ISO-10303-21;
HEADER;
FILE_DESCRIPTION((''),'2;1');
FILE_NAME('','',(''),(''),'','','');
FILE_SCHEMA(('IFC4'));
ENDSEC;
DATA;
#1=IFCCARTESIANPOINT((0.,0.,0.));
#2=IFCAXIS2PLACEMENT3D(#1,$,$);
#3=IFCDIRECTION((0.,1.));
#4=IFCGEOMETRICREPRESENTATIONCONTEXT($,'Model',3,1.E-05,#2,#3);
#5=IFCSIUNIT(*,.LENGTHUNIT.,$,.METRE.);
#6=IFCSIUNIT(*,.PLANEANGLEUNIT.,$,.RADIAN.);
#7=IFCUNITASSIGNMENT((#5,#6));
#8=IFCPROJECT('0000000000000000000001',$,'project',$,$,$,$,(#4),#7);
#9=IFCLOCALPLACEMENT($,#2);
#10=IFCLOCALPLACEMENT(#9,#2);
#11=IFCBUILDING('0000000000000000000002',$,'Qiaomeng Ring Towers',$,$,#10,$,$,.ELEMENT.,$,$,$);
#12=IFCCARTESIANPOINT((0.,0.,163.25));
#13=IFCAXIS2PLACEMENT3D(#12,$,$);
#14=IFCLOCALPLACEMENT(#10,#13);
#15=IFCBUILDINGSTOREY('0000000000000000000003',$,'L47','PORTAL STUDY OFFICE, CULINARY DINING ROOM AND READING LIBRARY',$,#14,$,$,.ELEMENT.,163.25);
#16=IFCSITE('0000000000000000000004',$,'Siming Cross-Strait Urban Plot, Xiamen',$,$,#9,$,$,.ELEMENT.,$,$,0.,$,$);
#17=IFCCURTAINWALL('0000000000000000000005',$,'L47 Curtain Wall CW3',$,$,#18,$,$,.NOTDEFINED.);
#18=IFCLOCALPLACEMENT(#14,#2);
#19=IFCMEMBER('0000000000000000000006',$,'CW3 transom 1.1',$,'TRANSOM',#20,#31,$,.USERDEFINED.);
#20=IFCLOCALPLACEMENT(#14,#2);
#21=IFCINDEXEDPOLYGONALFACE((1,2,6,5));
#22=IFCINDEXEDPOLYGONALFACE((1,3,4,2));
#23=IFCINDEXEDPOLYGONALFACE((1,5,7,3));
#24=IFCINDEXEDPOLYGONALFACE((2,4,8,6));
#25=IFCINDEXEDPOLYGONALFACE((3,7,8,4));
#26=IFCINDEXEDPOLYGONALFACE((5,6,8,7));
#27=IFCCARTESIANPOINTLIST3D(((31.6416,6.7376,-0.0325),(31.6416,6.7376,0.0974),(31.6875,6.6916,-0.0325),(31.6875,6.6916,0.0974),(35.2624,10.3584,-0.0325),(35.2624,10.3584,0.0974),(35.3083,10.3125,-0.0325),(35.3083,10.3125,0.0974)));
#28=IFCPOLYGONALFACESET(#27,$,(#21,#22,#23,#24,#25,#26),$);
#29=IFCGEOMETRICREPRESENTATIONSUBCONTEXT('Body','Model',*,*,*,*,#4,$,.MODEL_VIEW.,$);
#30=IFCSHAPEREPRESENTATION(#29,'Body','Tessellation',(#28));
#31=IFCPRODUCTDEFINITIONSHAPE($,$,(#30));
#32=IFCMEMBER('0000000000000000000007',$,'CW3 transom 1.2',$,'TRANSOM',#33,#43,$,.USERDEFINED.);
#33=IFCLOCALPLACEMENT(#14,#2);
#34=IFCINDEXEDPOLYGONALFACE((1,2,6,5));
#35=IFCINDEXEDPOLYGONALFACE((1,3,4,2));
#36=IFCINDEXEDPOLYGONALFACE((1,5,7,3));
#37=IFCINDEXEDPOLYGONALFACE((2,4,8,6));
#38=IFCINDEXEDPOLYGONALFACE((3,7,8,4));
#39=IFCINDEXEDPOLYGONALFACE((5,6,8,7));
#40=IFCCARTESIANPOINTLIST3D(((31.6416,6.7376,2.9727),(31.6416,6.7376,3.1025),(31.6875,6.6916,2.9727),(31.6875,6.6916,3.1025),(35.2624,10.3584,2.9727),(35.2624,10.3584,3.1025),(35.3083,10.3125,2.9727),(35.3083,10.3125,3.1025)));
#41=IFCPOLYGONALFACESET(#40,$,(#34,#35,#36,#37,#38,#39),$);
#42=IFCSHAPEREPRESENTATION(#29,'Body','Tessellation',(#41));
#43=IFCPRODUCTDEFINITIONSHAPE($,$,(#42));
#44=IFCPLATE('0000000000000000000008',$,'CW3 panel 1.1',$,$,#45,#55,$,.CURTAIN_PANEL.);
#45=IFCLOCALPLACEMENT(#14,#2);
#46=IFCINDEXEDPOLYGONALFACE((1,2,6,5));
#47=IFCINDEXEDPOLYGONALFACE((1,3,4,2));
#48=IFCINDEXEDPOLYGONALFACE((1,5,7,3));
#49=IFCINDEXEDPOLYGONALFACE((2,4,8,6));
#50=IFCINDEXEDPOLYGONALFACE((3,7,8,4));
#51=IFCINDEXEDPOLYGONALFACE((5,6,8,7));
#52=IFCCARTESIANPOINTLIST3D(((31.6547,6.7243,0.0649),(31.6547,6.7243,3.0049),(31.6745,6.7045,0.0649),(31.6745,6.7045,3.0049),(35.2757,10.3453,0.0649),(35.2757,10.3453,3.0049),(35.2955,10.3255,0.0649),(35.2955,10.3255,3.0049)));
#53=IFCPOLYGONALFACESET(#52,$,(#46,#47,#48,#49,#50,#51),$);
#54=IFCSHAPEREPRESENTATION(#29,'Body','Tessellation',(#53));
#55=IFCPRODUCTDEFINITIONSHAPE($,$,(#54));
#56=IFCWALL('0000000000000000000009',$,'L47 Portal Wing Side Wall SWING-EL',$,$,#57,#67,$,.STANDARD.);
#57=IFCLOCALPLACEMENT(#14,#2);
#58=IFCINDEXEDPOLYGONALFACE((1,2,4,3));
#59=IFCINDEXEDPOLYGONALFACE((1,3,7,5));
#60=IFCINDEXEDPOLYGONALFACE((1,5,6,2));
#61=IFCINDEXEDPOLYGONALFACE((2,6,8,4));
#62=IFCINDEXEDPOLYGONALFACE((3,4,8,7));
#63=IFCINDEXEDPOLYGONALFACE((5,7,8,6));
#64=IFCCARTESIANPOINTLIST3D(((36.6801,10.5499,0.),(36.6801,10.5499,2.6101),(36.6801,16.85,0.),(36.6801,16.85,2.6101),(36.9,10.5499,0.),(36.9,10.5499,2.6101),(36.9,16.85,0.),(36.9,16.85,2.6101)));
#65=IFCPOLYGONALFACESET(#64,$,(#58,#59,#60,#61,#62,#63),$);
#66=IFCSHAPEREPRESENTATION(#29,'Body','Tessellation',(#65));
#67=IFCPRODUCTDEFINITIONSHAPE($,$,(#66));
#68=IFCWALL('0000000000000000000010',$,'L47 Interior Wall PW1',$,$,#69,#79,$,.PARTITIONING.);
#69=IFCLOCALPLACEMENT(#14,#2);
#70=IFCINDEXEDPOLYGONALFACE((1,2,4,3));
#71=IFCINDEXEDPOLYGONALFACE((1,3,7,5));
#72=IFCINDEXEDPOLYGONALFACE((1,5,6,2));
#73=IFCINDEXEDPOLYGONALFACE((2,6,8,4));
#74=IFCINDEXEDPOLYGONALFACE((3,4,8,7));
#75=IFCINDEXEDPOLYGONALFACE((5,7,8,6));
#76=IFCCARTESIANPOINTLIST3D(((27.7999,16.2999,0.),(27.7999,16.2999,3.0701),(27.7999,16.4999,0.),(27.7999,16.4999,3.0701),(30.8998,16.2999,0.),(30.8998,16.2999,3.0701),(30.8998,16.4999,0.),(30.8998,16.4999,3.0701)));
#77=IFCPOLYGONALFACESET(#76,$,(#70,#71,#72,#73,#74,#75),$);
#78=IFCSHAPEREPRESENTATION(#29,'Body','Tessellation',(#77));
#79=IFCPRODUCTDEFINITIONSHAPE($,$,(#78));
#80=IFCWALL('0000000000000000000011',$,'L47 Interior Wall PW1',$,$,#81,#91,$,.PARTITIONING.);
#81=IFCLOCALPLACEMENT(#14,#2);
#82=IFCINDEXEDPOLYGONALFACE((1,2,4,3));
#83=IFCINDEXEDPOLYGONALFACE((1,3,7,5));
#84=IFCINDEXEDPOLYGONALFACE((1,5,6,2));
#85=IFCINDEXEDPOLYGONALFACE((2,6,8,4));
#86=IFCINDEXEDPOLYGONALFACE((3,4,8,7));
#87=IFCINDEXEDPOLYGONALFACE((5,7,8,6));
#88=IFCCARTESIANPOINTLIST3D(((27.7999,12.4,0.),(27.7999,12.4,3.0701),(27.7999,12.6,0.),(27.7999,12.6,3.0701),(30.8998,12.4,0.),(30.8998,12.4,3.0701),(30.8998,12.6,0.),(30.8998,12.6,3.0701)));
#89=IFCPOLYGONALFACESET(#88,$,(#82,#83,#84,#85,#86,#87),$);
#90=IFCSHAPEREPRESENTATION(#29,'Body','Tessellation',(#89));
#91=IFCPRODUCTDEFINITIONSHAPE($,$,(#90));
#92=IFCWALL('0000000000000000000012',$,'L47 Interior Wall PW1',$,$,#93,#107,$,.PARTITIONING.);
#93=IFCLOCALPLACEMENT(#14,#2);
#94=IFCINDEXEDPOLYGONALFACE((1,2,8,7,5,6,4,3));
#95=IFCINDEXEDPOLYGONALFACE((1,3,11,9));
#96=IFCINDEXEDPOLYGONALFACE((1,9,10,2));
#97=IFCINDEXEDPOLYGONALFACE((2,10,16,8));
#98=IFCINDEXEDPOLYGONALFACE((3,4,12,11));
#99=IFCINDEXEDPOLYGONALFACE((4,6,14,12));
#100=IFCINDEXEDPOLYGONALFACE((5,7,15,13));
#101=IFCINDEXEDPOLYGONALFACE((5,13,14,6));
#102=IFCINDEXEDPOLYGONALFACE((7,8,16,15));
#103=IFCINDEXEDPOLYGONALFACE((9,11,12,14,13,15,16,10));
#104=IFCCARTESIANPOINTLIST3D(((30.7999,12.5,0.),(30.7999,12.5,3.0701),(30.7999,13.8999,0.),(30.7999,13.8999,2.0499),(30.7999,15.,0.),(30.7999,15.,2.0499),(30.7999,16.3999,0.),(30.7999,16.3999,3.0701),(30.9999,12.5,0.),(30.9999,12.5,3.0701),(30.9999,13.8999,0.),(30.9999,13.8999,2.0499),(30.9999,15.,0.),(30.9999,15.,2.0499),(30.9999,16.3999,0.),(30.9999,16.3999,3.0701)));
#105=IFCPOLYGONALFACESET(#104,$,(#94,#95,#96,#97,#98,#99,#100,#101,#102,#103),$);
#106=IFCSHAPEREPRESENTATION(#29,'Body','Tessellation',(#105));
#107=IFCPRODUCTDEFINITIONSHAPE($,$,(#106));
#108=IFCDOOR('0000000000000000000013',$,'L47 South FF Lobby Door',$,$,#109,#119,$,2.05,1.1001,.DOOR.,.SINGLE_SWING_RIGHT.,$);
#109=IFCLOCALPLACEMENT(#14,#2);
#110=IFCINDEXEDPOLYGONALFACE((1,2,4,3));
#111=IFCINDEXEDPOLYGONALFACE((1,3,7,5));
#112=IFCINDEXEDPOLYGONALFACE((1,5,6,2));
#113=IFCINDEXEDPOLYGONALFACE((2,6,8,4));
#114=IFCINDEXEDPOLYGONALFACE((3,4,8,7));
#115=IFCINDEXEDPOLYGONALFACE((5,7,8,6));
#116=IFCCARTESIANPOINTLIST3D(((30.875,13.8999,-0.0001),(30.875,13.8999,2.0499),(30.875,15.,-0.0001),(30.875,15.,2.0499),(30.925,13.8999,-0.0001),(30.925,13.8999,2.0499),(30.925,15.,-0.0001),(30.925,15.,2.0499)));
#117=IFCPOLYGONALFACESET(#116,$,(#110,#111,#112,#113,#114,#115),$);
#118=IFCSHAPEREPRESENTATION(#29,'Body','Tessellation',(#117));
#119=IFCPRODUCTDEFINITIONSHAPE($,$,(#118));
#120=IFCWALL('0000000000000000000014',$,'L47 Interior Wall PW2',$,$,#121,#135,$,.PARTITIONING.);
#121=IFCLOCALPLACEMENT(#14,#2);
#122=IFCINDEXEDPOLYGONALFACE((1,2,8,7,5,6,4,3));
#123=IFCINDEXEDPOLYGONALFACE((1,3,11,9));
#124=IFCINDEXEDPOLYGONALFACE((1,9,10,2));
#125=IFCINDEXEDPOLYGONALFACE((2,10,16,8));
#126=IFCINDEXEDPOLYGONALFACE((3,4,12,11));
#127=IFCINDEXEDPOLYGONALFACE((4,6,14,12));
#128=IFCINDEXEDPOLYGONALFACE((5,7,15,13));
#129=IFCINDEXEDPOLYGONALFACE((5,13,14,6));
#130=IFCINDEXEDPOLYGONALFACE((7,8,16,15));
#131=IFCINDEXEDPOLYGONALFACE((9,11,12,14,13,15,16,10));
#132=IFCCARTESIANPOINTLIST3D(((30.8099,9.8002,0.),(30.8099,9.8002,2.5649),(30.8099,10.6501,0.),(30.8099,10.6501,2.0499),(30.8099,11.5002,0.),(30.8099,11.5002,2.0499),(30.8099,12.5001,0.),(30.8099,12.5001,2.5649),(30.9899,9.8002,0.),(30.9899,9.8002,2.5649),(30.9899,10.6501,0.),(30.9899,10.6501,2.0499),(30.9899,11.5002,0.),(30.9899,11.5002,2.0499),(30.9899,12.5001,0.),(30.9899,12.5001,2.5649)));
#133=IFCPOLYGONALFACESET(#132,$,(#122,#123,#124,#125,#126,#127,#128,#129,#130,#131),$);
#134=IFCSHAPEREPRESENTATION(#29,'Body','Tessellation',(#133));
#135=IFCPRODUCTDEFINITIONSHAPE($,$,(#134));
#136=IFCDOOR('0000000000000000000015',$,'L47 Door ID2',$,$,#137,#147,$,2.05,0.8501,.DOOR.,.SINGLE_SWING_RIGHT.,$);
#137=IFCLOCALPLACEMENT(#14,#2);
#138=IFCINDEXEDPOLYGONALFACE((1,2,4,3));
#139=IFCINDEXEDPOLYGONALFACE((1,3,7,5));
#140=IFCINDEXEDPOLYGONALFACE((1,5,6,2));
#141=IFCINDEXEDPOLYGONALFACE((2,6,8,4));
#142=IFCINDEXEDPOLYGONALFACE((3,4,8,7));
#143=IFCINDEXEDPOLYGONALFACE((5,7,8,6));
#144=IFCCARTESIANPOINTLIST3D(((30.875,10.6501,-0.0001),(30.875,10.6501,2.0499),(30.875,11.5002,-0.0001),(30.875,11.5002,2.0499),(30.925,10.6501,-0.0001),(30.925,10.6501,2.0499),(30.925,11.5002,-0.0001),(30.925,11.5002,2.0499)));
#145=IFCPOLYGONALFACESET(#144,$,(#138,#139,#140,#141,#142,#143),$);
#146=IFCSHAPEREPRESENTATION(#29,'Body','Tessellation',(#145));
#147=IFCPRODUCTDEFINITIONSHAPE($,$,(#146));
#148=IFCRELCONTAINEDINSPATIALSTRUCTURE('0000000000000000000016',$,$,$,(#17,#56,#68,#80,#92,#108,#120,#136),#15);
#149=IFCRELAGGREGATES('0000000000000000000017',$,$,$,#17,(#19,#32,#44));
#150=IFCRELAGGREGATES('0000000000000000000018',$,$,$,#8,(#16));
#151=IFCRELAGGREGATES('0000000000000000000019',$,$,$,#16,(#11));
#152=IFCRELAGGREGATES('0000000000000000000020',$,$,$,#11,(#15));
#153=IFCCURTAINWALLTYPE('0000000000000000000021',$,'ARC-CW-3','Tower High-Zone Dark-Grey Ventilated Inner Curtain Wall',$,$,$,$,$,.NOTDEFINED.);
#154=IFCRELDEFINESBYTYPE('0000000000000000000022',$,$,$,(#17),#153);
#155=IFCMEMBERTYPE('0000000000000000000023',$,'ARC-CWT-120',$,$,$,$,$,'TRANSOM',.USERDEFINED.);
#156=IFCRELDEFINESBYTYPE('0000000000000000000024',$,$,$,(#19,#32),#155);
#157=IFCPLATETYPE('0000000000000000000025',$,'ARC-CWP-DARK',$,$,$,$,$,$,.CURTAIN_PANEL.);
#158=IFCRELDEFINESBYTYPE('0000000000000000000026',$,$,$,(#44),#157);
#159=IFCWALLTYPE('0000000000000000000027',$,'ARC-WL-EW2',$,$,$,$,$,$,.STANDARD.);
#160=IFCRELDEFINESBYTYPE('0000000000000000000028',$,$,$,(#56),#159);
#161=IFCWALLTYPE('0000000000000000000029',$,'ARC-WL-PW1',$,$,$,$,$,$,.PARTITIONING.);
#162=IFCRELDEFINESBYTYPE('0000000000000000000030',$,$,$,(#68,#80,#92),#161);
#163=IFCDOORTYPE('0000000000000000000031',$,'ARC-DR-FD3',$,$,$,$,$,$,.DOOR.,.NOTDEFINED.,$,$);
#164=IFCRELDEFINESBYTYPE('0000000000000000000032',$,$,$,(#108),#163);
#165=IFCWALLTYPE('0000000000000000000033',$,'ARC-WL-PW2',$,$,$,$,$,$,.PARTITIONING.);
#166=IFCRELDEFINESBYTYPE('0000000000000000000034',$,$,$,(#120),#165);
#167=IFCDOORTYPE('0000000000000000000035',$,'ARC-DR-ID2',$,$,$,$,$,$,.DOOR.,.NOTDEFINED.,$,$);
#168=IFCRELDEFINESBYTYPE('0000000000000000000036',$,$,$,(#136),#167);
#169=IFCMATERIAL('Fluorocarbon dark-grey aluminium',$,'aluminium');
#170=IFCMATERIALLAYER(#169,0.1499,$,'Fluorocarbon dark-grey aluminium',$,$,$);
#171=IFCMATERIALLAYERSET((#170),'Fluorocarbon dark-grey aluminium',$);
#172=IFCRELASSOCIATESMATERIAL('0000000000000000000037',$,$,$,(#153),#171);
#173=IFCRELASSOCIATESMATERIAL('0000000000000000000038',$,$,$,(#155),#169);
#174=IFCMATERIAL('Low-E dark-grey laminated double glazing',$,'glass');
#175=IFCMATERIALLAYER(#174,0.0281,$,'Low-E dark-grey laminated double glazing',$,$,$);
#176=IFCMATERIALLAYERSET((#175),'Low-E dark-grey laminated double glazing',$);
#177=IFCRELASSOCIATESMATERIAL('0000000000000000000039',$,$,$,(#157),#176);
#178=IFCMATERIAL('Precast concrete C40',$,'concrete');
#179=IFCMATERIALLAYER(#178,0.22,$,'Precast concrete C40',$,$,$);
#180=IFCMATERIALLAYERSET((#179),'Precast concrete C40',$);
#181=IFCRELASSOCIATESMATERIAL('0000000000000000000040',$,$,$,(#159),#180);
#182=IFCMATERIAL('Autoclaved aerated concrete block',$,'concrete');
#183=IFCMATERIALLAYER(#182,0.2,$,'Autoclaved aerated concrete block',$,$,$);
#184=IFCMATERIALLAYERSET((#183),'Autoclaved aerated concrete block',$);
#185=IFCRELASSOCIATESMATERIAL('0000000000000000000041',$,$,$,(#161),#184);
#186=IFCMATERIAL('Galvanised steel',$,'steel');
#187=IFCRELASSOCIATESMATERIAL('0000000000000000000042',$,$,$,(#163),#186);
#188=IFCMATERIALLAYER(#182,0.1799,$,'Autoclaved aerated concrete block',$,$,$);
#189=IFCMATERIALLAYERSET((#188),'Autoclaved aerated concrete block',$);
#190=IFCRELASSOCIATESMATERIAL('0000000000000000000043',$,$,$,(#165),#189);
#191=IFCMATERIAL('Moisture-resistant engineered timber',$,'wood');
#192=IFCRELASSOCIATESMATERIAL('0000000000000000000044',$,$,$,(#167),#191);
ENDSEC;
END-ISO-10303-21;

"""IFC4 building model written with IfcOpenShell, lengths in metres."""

from ifc_helpers import new_model, si_unit, direction, frame, frame_2d, origin, origin_2d, place, context, subcontext, project, spatial, rectangle, extrude, source, transform, mapped, material, layer, layer_set, material_profile, profile_set, type_object, element, fill, aggregate, save


model = new_model("IFC4")

# Units and contexts
model_context = context("Model", 3, precision=1e-05, world=origin(), true_north=direction((0.0, 1.0)))
body_context = subcontext(model_context, "Body", "Model", "MODEL_VIEW")
ifc_project = project(units=[si_unit("LENGTHUNIT", "METRE"), si_unit("PLANEANGLEUNIT", "RADIAN")], contexts=[model_context])

# Site, building, storey
site_placement = place(None, origin())
site = spatial("IfcSite", under=ifc_project, at=site_placement, Name="Siming Cross-Strait Urban Plot, Xiamen", CompositionType="ELEMENT", RefElevation=0.0)
building_placement = place(site_placement, origin())
building = spatial("IfcBuilding", under=site, at=building_placement, Name="Qiaomeng Ring Towers", CompositionType="ELEMENT")
storey_placement = place(building_placement, frame((0.0, 0.0, 163.25)))
storey = spatial("IfcBuildingStorey", under=building, at=storey_placement, Name="L47", Description="PORTAL STUDY OFFICE, CULINARY DINING ROOM AND READING LIBRARY", CompositionType="ELEMENT", Elevation=163.25)

# Curtain wall, members, plate
ifc_material_1 = material(Name="Fluorocarbon dark-grey aluminium", Category="aluminium")
ifc_layer_1 = layer(ifc_material_1, 0.1499, Name="Fluorocarbon dark-grey aluminium")
ifc_layer_set_1 = layer_set([ifc_layer_1], Name="Fluorocarbon dark-grey aluminium")
curtain_wall_type = type_object("IfcCurtainWallType", Name="ARC-CW-3", Description="Tower High-Zone Dark-Grey Ventilated Inner Curtain Wall", PredefinedType="NOTDEFINED", material=ifc_layer_set_1)
curtain_wall_placement = place(storey_placement, origin())
curtain_wall = element("IfcCurtainWall", 1, at=curtain_wall_placement, inside=storey, type_object=curtain_wall_type, Name="L47 Curtain Wall CW3", PredefinedType="NOTDEFINED")
ifc_material_profile_1 = material_profile(ifc_material_1, rectangle(XDim=0.0649, YDim=0.1299, at=origin_2d()), Name="ALU TRAN 65x130")
ifc_profile_set_1 = profile_set([ifc_material_profile_1], Name="Fluorocarbon dark-grey aluminium")
member_type_1 = type_object("IfcMemberType", Name="ARC-CWT-120", ElementType="TRANSOM", PredefinedType="USERDEFINED", material=ifc_profile_set_1)
shared_shape_1 = source(origin(), body_context, "Body", "SweptSolid", [
    extrude(rectangle(XDim=0.0649, YDim=0.1299, at=origin_2d()), origin(), (0.0, 0.0, 1.0), 5.1206),
])
member_1_placement = place(storey_placement, frame((31.6646, 6.7146, 0.0325), z_axis=(0.707107, 0.707107, 0.0), x_axis=(-0.707107, 0.707107, 0.0)))
member_1 = element("IfcMember", 2, at=member_1_placement, type_object=member_type_1, Name="CW3 transom 1.1", ObjectType="TRANSOM", PredefinedType="USERDEFINED", context=body_context, shape_type="MappedRepresentation", body=[
    mapped(shared_shape_1, transform((0.0, 0.0, 0.0), x_axis=(1.0, 0.0, 0.0), y_axis=(0.0, 1.0, 0.0), z_axis=(0.0, 0.0, 1.0), scale=1.0)),
])
member_2_placement = place(storey_placement, frame((31.6646, 6.7146, 3.0376), z_axis=(0.707107, 0.707107, 0.0), x_axis=(-0.707107, 0.707107, 0.0)))
member_2 = element("IfcMember", 3, at=member_2_placement, type_object=member_type_1, Name="CW3 transom 1.2", ObjectType="TRANSOM", PredefinedType="USERDEFINED", context=body_context, shape_type="MappedRepresentation", body=[
    mapped(shared_shape_1, transform((0.0, 0.0, 0.0), x_axis=(1.0, 0.0, 0.0), y_axis=(0.0, 1.0, 0.0), z_axis=(0.0, 0.0, 1.0), scale=1.0)),
])
ifc_material_2 = material(Name="Low-E dark-grey laminated double glazing", Category="glass")
ifc_layer_2 = layer(ifc_material_2, 0.0281, Name="Low-E dark-grey laminated double glazing")
ifc_layer_set_2 = layer_set([ifc_layer_2], Name="Low-E dark-grey laminated double glazing")
plate_type = type_object("IfcPlateType", Name="ARC-CWP-DARK", PredefinedType="CURTAIN_PANEL", material=ifc_layer_set_2)
shared_shape_2 = source(origin(), body_context, "Body", "SweptSolid", [
    extrude(rectangle(XDim=5.1208, YDim=0.0281, at=origin_2d()), origin(), (0.0, 0.0, 1.0), 2.9399),
])
plate_placement = place(storey_placement, frame((33.4751, 8.5249, 0.0649), z_axis=(0.0, 0.0, 1.0), x_axis=(0.707107, 0.707107, 0.0)))
plate = element("IfcPlate", 4, at=plate_placement, type_object=plate_type, Name="CW3 panel 1.1", PredefinedType="CURTAIN_PANEL", context=body_context, shape_type="MappedRepresentation", body=[
    mapped(shared_shape_2, transform((0.0, 0.0, 0.0), x_axis=(1.0, 0.0, 0.0), y_axis=(0.0, 1.0, 0.0), z_axis=(0.0, 0.0, 1.0), scale=1.0)),
])
aggregate(curtain_wall, [member_1, member_2, plate])

# Walls
ifc_material_3 = material(Name="Precast concrete C40", Category="concrete")
ifc_layer_3 = layer(ifc_material_3, 0.22, Name="Precast concrete C40")
ifc_layer_set_3 = layer_set([ifc_layer_3], Name="Precast concrete C40")
wall_type_1 = type_object("IfcWallType", Name="ARC-WL-EW2", PredefinedType="STANDARD", material=ifc_layer_set_3)
wall_1_placement = place(storey_placement, frame((36.79, 10.55, 0.0), z_axis=(0.0, 0.0, 1.0), x_axis=(0.0, 1.0, 0.0)))
element("IfcWall", 5, at=wall_1_placement, inside=storey, type_object=wall_type_1, Name="L47 Portal Wing Side Wall SWING-EL", PredefinedType="STANDARD", context=body_context, shape_type="SweptSolid", body=[
    extrude(rectangle(XDim=6.3, YDim=0.22, at=frame_2d((3.1499, 0.0))), origin(), (0.0, 0.0, 1.0), 2.6101),
])
ifc_material_4 = material(Name="Autoclaved aerated concrete block", Category="concrete")
ifc_layer_4 = layer(ifc_material_4, 0.2, Name="Autoclaved aerated concrete block")
ifc_layer_set_4 = layer_set([ifc_layer_4], Name="Autoclaved aerated concrete block")
wall_type_2 = type_object("IfcWallType", Name="ARC-WL-PW1", PredefinedType="PARTITIONING", material=ifc_layer_set_4)
for number, where, z_axis, x_axis, name in (
    (6, (27.8, 16.3999, 0.0), (0.0, 0.0, 1.0), (1.0, 0.0, 0.0), "L47 Interior Wall PW1"),
    (7, (27.8, 12.5, 0.0), (0.0, 0.0, 1.0), (1.0, 0.0, 0.0), "L47 Interior Wall PW1"),
):
    element("IfcWall", number, at=place(storey_placement, frame(where, z_axis=z_axis, x_axis=x_axis)), inside=storey, type_object=wall_type_2, Name=name, PredefinedType="PARTITIONING", context=body_context, shape_type="SweptSolid", body=[
        extrude(rectangle(XDim=3.0999, YDim=0.2, at=frame_2d((1.5498, 0.0))), origin(), (0.0, 0.0, 1.0), 3.0701),
    ])

# Walls, openings, doors
wall_2_placement = place(storey_placement, frame((30.8999, 12.5, 0.0), z_axis=(0.0, 0.0, 1.0), x_axis=(0.0, 1.0, 0.0)))
wall_2 = element("IfcWall", 8, at=wall_2_placement, inside=storey, type_object=wall_type_2, Name="L47 Interior Wall PW1", PredefinedType="PARTITIONING", context=body_context, shape_type="SweptSolid", body=[
    extrude(rectangle(XDim=3.8999, YDim=0.2, at=frame_2d((1.95, 0.0))), origin(), (0.0, 0.0, 1.0), 3.0701),
])
opening_1_placement = place(wall_2_placement, frame((1.3999, 0.0, 0.0)))
opening_1 = element("IfcOpeningElement", 9, at=opening_1_placement, cuts=wall_2, PredefinedType="OPENING", context=body_context, shape_type="SweptSolid", body=[
    extrude(rectangle(XDim=1.1001, YDim=2.05, at=frame_2d((0.55, 1.0249))), frame((0.0, 0.1099, 0.0), z_axis=(0.0, -1.0, 0.0), x_axis=(1.0, 0.0, 0.0)), (0.0, 0.0, 1.0), 0.22),
])
ifc_material_5 = material(Name="Galvanised steel", Category="steel")
door_type_1 = type_object("IfcDoorType", Name="ARC-DR-FD3", OperationType="NOTDEFINED", PredefinedType="DOOR", material=ifc_material_5)
shared_shape_3 = source(origin(), body_context, "Body", "SweptSolid", [
    extrude(rectangle(XDim=1.1001, YDim=2.05, at=frame_2d((0.55, 1.0249))), frame((0.0, 0.0249, 0.0), z_axis=(0.0, -1.0, 0.0), x_axis=(1.0, 0.0, 0.0)), (0.0, 0.0, 1.0), 0.05),
])
door_1_placement = place(opening_1_placement, origin())
door_1 = element("IfcDoor", 10, at=door_1_placement, inside=storey, type_object=door_type_1, Name="L47 South FF Lobby Door", OperationType="SINGLE_SWING_RIGHT", OverallHeight=2.05, OverallWidth=1.1001, PredefinedType="DOOR", context=body_context, shape_type="MappedRepresentation", body=[
    mapped(shared_shape_3, transform((0.0, 0.0, 0.0), x_axis=(1.0, 0.0, 0.0), y_axis=(0.0, 1.0, 0.0), z_axis=(0.0, 0.0, 1.0), scale=1.0)),
])
fill(opening_1, door_1)
ifc_layer_5 = layer(ifc_material_4, 0.1799, Name="Autoclaved aerated concrete block")
ifc_layer_set_5 = layer_set([ifc_layer_5], Name="Autoclaved aerated concrete block")
wall_type_3 = type_object("IfcWallType", Name="ARC-WL-PW2", PredefinedType="PARTITIONING", material=ifc_layer_set_5)
wall_3_placement = place(storey_placement, frame((30.8999, 9.8, 0.0), z_axis=(0.0, 0.0, 1.0), x_axis=(0.0, 1.0, 0.0)))
wall_3 = element("IfcWall", 11, at=wall_3_placement, inside=storey, type_object=wall_type_3, Name="L47 Interior Wall PW2", PredefinedType="PARTITIONING", context=body_context, shape_type="SweptSolid", body=[
    extrude(rectangle(XDim=2.7, YDim=0.1799, at=frame_2d((1.3501, 0.0))), origin(), (0.0, 0.0, 1.0), 2.5649),
])
opening_2_placement = place(wall_3_placement, frame((0.8501, 0.0, 0.0)))
opening_2 = element("IfcOpeningElement", 12, at=opening_2_placement, cuts=wall_3, PredefinedType="OPENING", context=body_context, shape_type="SweptSolid", body=[
    extrude(rectangle(XDim=0.8501, YDim=2.05, at=frame_2d((0.425, 1.0249))), frame((0.0, 0.0999, 0.0), z_axis=(0.0, -1.0, 0.0), x_axis=(1.0, 0.0, 0.0)), (0.0, 0.0, 1.0), 0.2),
])
ifc_material_6 = material(Name="Moisture-resistant engineered timber", Category="wood")
door_type_2 = type_object("IfcDoorType", Name="ARC-DR-ID2", OperationType="NOTDEFINED", PredefinedType="DOOR", material=ifc_material_6)
shared_shape_4 = source(origin(), body_context, "Body", "SweptSolid", [
    extrude(rectangle(XDim=0.8501, YDim=2.05, at=frame_2d((0.425, 1.0249))), frame((0.0, 0.0249, 0.0), z_axis=(0.0, -1.0, 0.0), x_axis=(1.0, 0.0, 0.0)), (0.0, 0.0, 1.0), 0.05),
])
door_2_placement = place(opening_2_placement, origin())
door_2 = element("IfcDoor", 13, at=door_2_placement, inside=storey, type_object=door_type_2, Name="L47 Door ID2", OperationType="SINGLE_SWING_RIGHT", OverallHeight=2.05, OverallWidth=0.8501, PredefinedType="DOOR", context=body_context, shape_type="MappedRepresentation", body=[
    mapped(shared_shape_4, transform((0.0, 0.0, 0.0), x_axis=(1.0, 0.0, 0.0), y_axis=(0.0, 1.0, 0.0), z_axis=(0.0, 0.0, 1.0), scale=1.0)),
])
fill(opening_2, door_2)

save(model, "model.ifc")
